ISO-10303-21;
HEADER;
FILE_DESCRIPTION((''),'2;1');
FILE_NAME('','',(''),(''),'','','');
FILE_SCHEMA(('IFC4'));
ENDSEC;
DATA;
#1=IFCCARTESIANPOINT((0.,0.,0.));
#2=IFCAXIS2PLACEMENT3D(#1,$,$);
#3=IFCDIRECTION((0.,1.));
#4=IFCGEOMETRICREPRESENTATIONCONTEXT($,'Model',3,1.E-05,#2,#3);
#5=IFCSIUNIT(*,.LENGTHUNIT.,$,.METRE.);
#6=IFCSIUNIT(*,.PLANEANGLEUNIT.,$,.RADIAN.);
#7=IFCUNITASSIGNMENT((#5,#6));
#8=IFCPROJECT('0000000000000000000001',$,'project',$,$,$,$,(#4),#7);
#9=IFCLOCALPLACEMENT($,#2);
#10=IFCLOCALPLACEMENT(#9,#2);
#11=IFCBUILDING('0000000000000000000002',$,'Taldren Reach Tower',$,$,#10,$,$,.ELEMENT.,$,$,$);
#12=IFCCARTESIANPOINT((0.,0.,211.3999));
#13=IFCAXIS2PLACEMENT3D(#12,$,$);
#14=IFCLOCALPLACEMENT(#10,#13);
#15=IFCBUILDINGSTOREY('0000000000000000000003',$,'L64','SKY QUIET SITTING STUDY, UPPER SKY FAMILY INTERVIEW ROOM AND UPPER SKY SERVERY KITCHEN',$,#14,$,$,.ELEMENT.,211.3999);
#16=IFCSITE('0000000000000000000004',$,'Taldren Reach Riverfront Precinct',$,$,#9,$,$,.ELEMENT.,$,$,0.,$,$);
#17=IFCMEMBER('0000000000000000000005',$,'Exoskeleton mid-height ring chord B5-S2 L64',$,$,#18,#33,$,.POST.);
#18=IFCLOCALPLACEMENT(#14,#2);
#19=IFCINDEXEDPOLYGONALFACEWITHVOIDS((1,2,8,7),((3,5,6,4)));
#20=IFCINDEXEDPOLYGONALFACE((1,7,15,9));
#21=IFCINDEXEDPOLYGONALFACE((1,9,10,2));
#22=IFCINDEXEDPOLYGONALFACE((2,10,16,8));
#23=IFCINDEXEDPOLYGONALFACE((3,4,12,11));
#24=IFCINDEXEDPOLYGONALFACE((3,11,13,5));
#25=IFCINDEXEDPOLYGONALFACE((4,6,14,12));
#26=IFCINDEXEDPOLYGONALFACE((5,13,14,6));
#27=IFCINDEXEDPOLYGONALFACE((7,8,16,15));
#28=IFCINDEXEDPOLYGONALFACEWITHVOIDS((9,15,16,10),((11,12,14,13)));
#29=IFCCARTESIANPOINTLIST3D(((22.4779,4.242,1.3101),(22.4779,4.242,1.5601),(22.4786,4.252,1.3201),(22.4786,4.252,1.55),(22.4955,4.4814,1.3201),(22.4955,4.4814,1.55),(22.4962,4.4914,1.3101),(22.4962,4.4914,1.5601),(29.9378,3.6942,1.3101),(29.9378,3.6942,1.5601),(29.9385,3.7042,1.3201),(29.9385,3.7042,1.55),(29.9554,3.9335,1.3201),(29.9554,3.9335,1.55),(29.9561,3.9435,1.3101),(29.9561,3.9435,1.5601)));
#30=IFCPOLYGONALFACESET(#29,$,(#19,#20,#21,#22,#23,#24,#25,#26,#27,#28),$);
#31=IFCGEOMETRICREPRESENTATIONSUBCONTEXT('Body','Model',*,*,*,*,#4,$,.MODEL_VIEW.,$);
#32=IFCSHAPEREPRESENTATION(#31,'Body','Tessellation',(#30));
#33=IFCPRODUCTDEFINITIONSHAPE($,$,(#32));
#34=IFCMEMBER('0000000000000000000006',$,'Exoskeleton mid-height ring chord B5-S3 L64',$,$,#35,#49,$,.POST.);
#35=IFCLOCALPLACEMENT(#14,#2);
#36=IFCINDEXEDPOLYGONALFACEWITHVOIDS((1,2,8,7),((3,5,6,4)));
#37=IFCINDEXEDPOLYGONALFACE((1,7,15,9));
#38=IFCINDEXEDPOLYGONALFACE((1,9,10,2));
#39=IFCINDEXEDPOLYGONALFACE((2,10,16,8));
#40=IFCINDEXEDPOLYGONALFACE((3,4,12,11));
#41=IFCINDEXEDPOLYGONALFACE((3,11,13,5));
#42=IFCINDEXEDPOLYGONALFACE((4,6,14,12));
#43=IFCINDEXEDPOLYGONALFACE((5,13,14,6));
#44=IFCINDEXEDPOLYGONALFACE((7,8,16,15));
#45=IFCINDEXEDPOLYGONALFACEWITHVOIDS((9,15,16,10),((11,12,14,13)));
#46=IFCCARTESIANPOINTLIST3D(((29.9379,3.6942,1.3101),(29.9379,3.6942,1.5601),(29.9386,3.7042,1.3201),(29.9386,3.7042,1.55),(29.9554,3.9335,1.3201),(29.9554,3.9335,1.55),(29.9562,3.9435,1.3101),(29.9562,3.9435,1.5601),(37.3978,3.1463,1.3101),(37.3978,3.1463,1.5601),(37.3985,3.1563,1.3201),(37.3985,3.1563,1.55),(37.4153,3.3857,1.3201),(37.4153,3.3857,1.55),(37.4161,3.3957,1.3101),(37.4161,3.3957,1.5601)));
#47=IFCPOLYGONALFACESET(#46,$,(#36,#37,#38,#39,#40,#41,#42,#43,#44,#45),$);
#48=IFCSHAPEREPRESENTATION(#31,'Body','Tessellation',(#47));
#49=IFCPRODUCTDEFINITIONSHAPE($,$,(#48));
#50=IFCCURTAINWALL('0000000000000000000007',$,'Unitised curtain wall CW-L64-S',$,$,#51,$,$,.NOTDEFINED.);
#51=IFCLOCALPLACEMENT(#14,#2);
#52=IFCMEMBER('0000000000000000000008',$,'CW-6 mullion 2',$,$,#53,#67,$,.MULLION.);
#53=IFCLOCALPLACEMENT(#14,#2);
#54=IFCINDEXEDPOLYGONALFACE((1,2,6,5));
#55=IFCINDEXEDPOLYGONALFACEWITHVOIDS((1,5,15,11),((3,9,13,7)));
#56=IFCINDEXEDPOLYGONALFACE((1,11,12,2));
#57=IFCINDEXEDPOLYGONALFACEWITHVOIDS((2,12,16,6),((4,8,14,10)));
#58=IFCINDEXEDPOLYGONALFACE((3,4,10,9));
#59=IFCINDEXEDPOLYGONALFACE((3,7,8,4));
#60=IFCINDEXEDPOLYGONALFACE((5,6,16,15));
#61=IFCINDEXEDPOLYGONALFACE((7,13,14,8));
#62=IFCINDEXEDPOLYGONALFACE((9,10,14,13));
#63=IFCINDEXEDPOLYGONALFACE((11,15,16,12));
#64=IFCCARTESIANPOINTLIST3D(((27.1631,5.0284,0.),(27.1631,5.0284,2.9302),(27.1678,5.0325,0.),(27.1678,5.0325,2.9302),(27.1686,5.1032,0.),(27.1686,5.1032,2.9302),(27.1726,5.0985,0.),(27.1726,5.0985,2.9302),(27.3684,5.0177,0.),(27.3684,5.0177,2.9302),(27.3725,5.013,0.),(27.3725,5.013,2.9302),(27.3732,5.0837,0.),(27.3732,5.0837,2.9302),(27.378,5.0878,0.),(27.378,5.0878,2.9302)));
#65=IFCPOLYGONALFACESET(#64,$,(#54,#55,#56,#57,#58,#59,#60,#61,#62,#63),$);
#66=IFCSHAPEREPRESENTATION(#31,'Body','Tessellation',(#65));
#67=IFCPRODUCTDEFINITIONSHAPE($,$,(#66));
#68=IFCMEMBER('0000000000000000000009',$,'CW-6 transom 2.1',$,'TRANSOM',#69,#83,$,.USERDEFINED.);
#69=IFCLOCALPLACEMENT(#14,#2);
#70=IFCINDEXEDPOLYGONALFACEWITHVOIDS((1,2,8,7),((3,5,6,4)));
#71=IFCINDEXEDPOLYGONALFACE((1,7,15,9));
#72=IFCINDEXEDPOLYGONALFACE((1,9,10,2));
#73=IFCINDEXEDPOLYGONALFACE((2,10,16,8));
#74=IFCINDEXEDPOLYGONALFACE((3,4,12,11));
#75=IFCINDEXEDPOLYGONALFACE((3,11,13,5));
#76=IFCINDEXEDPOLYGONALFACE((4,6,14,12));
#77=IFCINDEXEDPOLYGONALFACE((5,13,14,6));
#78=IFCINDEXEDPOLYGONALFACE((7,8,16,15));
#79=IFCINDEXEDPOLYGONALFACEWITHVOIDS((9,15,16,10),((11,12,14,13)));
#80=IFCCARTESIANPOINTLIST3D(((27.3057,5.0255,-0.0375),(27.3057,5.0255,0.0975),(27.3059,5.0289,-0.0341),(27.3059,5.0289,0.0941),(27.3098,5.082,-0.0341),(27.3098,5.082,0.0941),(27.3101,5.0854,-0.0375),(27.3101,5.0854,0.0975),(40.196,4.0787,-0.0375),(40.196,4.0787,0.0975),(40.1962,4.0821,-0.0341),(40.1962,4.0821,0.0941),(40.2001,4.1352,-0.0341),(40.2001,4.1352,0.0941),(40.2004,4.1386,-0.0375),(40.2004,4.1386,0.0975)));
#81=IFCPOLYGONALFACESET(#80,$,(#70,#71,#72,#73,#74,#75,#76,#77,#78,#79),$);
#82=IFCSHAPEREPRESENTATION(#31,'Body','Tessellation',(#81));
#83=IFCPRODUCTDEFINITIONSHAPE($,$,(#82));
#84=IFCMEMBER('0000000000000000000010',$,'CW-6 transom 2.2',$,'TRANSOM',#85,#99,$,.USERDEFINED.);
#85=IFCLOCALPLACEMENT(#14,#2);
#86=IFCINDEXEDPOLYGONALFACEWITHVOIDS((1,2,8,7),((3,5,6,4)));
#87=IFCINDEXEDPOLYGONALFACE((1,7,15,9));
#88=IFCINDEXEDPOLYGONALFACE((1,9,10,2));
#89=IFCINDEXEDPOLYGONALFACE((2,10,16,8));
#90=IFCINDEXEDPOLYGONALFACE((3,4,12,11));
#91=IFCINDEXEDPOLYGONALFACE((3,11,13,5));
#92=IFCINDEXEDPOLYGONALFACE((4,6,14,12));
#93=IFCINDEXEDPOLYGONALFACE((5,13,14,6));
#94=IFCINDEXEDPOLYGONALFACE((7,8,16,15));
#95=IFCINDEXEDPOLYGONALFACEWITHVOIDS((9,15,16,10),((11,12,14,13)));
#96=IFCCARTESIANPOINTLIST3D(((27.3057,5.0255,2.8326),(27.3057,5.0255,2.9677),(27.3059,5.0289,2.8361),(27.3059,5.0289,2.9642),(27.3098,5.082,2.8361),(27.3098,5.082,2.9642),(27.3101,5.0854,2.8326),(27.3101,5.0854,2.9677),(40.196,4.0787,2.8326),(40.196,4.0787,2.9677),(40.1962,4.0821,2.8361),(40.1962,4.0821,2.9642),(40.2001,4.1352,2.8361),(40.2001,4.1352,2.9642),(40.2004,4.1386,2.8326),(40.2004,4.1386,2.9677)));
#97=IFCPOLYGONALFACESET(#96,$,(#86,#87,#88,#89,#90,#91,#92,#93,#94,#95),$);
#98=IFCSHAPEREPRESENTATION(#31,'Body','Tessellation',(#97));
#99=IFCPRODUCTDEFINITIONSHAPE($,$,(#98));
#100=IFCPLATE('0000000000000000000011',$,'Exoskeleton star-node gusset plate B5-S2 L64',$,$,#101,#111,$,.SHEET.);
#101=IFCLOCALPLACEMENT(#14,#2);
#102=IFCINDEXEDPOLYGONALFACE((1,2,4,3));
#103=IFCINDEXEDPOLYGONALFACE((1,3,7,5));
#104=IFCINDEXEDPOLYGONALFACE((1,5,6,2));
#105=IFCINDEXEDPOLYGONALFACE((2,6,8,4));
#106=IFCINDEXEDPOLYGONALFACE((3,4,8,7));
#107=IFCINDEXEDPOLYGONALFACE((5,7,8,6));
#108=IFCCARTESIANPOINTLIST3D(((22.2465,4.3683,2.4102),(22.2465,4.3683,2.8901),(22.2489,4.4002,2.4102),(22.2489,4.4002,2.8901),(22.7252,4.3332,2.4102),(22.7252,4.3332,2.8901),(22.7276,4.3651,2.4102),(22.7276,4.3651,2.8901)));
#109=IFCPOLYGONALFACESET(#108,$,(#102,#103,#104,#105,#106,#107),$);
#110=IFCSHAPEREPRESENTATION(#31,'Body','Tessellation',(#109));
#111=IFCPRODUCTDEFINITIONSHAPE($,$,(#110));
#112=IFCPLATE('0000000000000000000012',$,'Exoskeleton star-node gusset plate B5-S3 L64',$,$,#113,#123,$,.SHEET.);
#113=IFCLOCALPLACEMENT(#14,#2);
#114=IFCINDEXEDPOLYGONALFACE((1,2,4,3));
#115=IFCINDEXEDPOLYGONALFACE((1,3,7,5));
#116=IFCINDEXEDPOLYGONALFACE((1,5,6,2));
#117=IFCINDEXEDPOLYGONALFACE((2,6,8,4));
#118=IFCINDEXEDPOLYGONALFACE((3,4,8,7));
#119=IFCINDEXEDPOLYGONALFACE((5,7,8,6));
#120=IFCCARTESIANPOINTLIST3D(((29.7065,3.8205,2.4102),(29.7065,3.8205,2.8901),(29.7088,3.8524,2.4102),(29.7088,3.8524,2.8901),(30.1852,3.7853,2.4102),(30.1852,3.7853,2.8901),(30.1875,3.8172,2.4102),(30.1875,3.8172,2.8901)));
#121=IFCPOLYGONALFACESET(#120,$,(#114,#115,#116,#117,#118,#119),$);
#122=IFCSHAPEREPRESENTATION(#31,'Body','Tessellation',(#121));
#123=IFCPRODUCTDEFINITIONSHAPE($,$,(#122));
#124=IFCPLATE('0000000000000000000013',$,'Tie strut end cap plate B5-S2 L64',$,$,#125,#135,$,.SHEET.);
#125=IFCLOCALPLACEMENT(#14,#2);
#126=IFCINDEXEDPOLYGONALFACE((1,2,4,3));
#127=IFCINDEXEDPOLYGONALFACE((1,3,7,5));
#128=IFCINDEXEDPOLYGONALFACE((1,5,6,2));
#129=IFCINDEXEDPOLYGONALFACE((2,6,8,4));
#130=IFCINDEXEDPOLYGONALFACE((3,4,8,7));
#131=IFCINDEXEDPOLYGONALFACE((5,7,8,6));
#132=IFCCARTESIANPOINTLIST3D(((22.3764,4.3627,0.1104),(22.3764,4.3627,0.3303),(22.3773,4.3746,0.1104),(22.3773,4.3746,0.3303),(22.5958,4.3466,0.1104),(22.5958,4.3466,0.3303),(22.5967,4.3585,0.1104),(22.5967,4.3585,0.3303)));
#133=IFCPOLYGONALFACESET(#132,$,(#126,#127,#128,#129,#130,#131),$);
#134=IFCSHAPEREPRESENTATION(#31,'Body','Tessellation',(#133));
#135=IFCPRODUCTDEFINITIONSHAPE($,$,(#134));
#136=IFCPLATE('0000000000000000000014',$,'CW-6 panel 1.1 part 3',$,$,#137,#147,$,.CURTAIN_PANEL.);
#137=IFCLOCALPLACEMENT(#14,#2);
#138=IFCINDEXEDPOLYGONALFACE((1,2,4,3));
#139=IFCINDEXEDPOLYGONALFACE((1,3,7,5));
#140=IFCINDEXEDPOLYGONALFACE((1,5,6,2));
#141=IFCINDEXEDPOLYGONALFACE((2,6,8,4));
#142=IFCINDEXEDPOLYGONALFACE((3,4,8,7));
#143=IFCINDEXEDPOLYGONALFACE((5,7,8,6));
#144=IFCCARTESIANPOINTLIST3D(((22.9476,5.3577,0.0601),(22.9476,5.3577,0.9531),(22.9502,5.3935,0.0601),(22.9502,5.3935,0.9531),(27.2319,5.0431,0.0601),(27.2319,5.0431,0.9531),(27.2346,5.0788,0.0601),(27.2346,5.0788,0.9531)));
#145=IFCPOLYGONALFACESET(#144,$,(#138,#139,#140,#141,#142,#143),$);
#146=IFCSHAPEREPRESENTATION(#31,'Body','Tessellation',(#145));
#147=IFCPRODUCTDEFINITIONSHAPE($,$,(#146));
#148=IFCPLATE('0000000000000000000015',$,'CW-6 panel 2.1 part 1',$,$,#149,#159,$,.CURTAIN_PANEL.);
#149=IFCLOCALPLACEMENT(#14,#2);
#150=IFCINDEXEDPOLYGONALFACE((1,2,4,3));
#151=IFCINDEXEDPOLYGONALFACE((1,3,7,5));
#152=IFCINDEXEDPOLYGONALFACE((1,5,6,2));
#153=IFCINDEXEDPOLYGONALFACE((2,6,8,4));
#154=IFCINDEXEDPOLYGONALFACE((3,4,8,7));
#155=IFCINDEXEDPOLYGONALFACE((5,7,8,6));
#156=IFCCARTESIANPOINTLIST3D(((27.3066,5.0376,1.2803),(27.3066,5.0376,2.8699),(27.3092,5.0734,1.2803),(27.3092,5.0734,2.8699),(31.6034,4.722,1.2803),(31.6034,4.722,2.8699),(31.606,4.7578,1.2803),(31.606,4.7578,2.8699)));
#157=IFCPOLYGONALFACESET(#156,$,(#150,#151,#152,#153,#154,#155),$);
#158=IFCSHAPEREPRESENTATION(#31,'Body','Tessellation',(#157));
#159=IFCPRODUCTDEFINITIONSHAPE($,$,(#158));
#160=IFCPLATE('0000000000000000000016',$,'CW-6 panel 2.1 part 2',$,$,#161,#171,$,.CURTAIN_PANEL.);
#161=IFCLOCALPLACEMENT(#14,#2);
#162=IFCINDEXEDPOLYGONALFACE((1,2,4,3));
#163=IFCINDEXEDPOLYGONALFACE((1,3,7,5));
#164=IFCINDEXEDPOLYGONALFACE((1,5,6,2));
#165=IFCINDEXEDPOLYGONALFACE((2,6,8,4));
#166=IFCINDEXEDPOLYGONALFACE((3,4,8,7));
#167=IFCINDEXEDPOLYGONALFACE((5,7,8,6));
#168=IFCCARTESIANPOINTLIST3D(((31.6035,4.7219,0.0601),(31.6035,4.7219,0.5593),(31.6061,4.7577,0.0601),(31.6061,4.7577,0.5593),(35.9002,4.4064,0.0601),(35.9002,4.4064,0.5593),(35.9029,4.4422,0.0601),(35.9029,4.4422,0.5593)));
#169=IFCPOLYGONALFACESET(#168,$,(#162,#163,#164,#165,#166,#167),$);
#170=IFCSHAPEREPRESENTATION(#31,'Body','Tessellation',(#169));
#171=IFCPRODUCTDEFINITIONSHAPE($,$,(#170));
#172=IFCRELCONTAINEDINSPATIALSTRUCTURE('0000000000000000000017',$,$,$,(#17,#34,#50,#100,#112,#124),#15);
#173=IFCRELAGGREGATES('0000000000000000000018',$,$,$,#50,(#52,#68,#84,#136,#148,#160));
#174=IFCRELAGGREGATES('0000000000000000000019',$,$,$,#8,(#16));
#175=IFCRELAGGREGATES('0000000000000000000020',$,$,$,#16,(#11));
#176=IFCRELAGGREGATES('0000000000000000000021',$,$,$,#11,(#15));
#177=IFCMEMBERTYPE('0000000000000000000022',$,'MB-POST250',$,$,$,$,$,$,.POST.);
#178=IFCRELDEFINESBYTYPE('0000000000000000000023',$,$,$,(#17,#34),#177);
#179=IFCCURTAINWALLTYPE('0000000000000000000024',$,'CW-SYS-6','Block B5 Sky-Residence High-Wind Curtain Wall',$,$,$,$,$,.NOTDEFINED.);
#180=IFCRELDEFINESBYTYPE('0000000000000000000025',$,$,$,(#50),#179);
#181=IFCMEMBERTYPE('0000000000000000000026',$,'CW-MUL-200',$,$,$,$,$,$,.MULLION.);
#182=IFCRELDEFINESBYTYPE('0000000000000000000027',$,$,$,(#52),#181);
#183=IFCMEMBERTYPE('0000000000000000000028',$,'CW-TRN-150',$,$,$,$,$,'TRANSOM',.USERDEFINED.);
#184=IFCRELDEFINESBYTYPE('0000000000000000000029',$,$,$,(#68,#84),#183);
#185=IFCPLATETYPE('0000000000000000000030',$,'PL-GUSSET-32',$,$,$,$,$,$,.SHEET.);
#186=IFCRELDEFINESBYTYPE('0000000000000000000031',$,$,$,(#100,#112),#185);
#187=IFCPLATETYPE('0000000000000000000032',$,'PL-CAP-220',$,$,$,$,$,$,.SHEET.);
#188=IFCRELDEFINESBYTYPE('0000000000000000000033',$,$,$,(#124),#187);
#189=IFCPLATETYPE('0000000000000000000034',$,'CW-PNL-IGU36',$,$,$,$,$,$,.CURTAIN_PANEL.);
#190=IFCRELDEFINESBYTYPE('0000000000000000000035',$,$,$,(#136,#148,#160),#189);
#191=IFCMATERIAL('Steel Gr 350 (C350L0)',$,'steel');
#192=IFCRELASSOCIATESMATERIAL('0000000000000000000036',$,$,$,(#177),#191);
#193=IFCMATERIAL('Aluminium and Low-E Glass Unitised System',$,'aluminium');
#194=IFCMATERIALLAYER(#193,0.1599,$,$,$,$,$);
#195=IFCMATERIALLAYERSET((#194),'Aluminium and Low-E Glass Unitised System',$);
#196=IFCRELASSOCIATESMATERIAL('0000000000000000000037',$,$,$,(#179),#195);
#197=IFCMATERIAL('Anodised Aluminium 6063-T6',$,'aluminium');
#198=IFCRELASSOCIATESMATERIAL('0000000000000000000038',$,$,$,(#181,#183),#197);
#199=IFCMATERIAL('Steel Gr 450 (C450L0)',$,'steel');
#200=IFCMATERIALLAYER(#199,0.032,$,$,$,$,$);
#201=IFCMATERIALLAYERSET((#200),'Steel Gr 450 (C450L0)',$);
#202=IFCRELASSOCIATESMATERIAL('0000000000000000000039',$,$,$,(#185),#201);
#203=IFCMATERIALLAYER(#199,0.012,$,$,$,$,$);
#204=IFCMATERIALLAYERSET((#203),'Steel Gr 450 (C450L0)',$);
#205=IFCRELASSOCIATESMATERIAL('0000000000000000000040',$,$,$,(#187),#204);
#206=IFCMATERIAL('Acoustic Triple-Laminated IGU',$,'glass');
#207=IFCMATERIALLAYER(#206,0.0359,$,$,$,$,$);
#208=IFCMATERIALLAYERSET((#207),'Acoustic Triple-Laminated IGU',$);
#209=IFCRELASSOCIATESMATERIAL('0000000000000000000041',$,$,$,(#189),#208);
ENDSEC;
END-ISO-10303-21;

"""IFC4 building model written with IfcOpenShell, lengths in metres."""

from ifc_helpers import new_model, si_unit, direction, frame, origin, origin_2d, place, context, subcontext, project, spatial, rectangle, hollow_rectangle, extrude, source, transform, mapped, material, layer, layer_set, material_profile, profile_set, type_object, element, aggregate, save


model = new_model("IFC4")

# Units and contexts
model_context = context("Model", 3, precision=1e-05, world=origin(), true_north=direction((0.0, 1.0)))
body_context = subcontext(model_context, "Body", "Model", "MODEL_VIEW")
ifc_project = project(units=[si_unit("LENGTHUNIT", "METRE"), si_unit("PLANEANGLEUNIT", "RADIAN")], contexts=[model_context])

# Site, building, storey
site_placement = place(None, origin())
site = spatial("IfcSite", under=ifc_project, at=site_placement, Name="Taldren Reach Riverfront Precinct", CompositionType="ELEMENT", RefElevation=0.0)
building_placement = place(site_placement, origin())
building = spatial("IfcBuilding", under=site, at=building_placement, Name="Taldren Reach Tower", CompositionType="ELEMENT")
storey_placement = place(building_placement, frame((0.0, 0.0, 211.3999)))
storey = spatial("IfcBuildingStorey", under=building, at=storey_placement, Name="L64", Description="SKY QUIET SITTING STUDY, UPPER SKY FAMILY INTERVIEW ROOM AND UPPER SKY SERVERY KITCHEN", CompositionType="ELEMENT", Elevation=211.3999)

# Shared definitions
ifc_material_1 = material(Name="Steel Gr 350 (C350L0)", Category="steel")
ifc_material_profile_1 = material_profile(ifc_material_1, hollow_rectangle(XDim=0.25, YDim=0.25, WallThickness=0.01, at=origin_2d()), Name="250x250x10.0SHS")
ifc_profile_set_1 = profile_set([ifc_material_profile_1], Name="Steel Gr 350 (C350L0)")
member_type_1 = type_object("IfcMemberType", Name="MB-POST250", PredefinedType="POST", material=ifc_profile_set_1)
ifc_material_2 = material(Name="Steel Gr 450 (C450L0)", Category="steel")

# Members
shared_shape_1 = source(origin(), body_context, "Body", "SweptSolid", [
    extrude(hollow_rectangle(XDim=0.25, YDim=0.25, WallThickness=0.01, at=origin_2d()), origin(), (0.0, 0.0, 1.0), 7.48),
])
for number, where, z_axis, x_axis, name in (
    (1, (22.4871, 4.3667, 1.4351), (0.997314, -0.073242, 0.0), (0.073242, 0.997314, 0.0), "Exoskeleton mid-height ring chord B5-S2 L64"),
    (2, (29.947, 3.8188, 1.4351), (0.997314, -0.073242, 0.0), (0.073242, 0.997314, 0.0), "Exoskeleton mid-height ring chord B5-S3 L64"),
):
    element("IfcMember", number, at=place(storey_placement, frame(where, z_axis=z_axis, x_axis=x_axis)), inside=storey, type_object=member_type_1, Name=name, PredefinedType="POST", context=body_context, shape_type="MappedRepresentation", body=[
        mapped(shared_shape_1, transform((0.0, 0.0, 0.0), scale=1.0)),
    ])

# Curtain wall, members
ifc_material_3 = material(Name="Aluminium and Low-E Glass Unitised System", Category="aluminium")
ifc_layer_1 = layer(ifc_material_3, 0.1599)
ifc_layer_set_1 = layer_set([ifc_layer_1], Name="Aluminium and Low-E Glass Unitised System")
curtain_wall_type = type_object("IfcCurtainWallType", Name="CW-SYS-6", Description="Block B5 Sky-Residence High-Wind Curtain Wall", PredefinedType="NOTDEFINED", material=ifc_layer_set_1)
curtain_wall_placement = place(storey_placement, origin())
curtain_wall = element("IfcCurtainWall", 3, at=curtain_wall_placement, inside=storey, type_object=curtain_wall_type, Name="Unitised curtain wall CW-L64-S", PredefinedType="NOTDEFINED")
ifc_material_4 = material(Name="Anodised Aluminium 6063-T6", Category="aluminium")
ifc_material_profile_2 = material_profile(ifc_material_4, hollow_rectangle(XDim=0.075, YDim=0.21, WallThickness=0.0044, at=origin_2d()), Name="ALU-210x75x4.5RHS")
ifc_profile_set_2 = profile_set([ifc_material_profile_2], Name="Anodised Aluminium 6063-T6")
member_type_2 = type_object("IfcMemberType", Name="CW-MUL-200", PredefinedType="MULLION", material=ifc_profile_set_2)
shared_shape_2 = source(origin(), body_context, "Body", "SweptSolid", [
    extrude(hollow_rectangle(XDim=0.075, YDim=0.21, WallThickness=0.0044, at=origin_2d()), origin(), (0.0, 0.0, 1.0), 2.9302),
])
member_1_placement = place(storey_placement, frame((27.2705, 5.0581, 0.0), z_axis=(0.0, 0.0, 1.0), x_axis=(0.073238, 0.997314, 0.0)))
member_1 = element("IfcMember", 4, at=member_1_placement, type_object=member_type_2, Name="CW-6 mullion 2", PredefinedType="MULLION", context=body_context, shape_type="MappedRepresentation", body=[
    mapped(shared_shape_2, transform((0.0, 0.0, 0.0), scale=1.0)),
])
ifc_material_profile_3 = material_profile(ifc_material_4, hollow_rectangle(XDim=0.0601, YDim=0.135, WallThickness=0.0034, at=origin_2d()), Name="ALU-135x60x3.5RHS")
ifc_profile_set_3 = profile_set([ifc_material_profile_3], Name="Anodised Aluminium 6063-T6")
member_type_3 = type_object("IfcMemberType", Name="CW-TRN-150", ElementType="TRANSOM", PredefinedType="USERDEFINED", material=ifc_profile_set_3)
shared_shape_3 = source(origin(), body_context, "Body", "SweptSolid", [
    extrude(hollow_rectangle(XDim=0.0601, YDim=0.135, WallThickness=0.0034, at=origin_2d()), origin(), (0.0, 0.0, 1.0), 12.925),
])
member_2_placement = place(storey_placement, frame((27.3079, 5.0554, 0.03), z_axis=(0.997314, -0.073251, 0.0), x_axis=(0.073251, 0.997314, 0.0)))
member_2 = element("IfcMember", 5, at=member_2_placement, type_object=member_type_3, Name="CW-6 transom 2.1", ObjectType="TRANSOM", PredefinedType="USERDEFINED", context=body_context, shape_type="MappedRepresentation", body=[
    mapped(shared_shape_3, transform((0.0, 0.0, 0.0), scale=1.0)),
])
member_3_placement = place(storey_placement, frame((27.3079, 5.0554, 2.9001), z_axis=(0.997314, -0.073251, 0.0), x_axis=(0.073251, 0.997314, 0.0)))
member_3 = element("IfcMember", 6, at=member_3_placement, type_object=member_type_3, Name="CW-6 transom 2.2", ObjectType="TRANSOM", PredefinedType="USERDEFINED", context=body_context, shape_type="MappedRepresentation", body=[
    mapped(shared_shape_3, transform((0.0, 0.0, 0.0), scale=1.0)),
])

# Plates
ifc_layer_2 = layer(ifc_material_2, 0.032)
ifc_layer_set_2 = layer_set([ifc_layer_2], Name="Steel Gr 450 (C450L0)")
plate_type_1 = type_object("IfcPlateType", Name="PL-GUSSET-32", PredefinedType="SHEET", material=ifc_layer_set_2)
shared_shape_4 = source(origin(), body_context, "Body", "SweptSolid", [
    extrude(rectangle(XDim=0.48, YDim=0.032, at=origin_2d()), origin(), (0.0, 0.0, 1.0), 0.48),
])
for number, where, z_axis, x_axis, name in (
    (7, (22.4871, 4.3667, 2.4102), (0.0, 0.0, 1.0), (0.997314, -0.073238, 0.0), "Exoskeleton star-node gusset plate B5-S2 L64"),
    (8, (29.947, 3.8188, 2.4102), (0.0, 0.0, 1.0), (0.997314, -0.073238, 0.0), "Exoskeleton star-node gusset plate B5-S3 L64"),
):
    element("IfcPlate", number, at=place(storey_placement, frame(where, z_axis=z_axis, x_axis=x_axis)), inside=storey, type_object=plate_type_1, Name=name, PredefinedType="SHEET", context=body_context, shape_type="MappedRepresentation", body=[
        mapped(shared_shape_4, transform((0.0, 0.0, 0.0), scale=1.0)),
    ])
ifc_layer_3 = layer(ifc_material_2, 0.012)
ifc_layer_set_3 = layer_set([ifc_layer_3], Name="Steel Gr 450 (C450L0)")
plate_type_2 = type_object("IfcPlateType", Name="PL-CAP-220", PredefinedType="SHEET", material=ifc_layer_set_3)
shared_shape_5 = source(origin(), body_context, "Body", "SweptSolid", [
    extrude(rectangle(XDim=0.22, YDim=0.012, at=origin_2d()), origin(), (0.0, 0.0, 1.0), 0.22),
])
plate_1_placement = place(storey_placement, frame((22.4866, 4.3606, 0.1104), z_axis=(0.0, 0.0, 1.0), x_axis=(0.997314, -0.073238, 0.0)))
element("IfcPlate", 9, at=plate_1_placement, inside=storey, type_object=plate_type_2, Name="Tie strut end cap plate B5-S2 L64", PredefinedType="SHEET", context=body_context, shape_type="MappedRepresentation", body=[
    mapped(shared_shape_5, transform((0.0, 0.0, 0.0), scale=1.0)),
])

# Plates
ifc_material_5 = material(Name="Acoustic Triple-Laminated IGU", Category="glass")
ifc_layer_4 = layer(ifc_material_5, 0.0359)
ifc_layer_set_4 = layer_set([ifc_layer_4], Name="Acoustic Triple-Laminated IGU")
plate_type_3 = type_object("IfcPlateType", Name="CW-PNL-IGU36", PredefinedType="CURTAIN_PANEL", material=ifc_layer_set_4)
shared_shape_6 = source(origin(), body_context, "Body", "SweptSolid", [
    extrude(rectangle(XDim=4.2959, YDim=0.0359, at=origin_2d()), origin(), (0.0, 0.0, 1.0), 0.8931),
])
plate_2_placement = place(storey_placement, frame((25.0911, 5.2183, 0.0601), z_axis=(0.0, 0.0, 1.0), x_axis=(0.997314, -0.073238, 0.0)))
plate_2 = element("IfcPlate", 10, at=plate_2_placement, type_object=plate_type_3, Name="CW-6 panel 1.1 part 3", PredefinedType="CURTAIN_PANEL", context=body_context, shape_type="MappedRepresentation", body=[
    mapped(shared_shape_6, transform((0.0, 0.0, 0.0), scale=1.0)),
])
shared_shape_7 = source(origin(), body_context, "Body", "SweptSolid", [
    extrude(rectangle(XDim=4.3083, YDim=0.0359, at=origin_2d()), origin(), (0.0, 0.0, 1.0), 1.5896),
])
plate_3_placement = place(storey_placement, frame((29.4563, 4.8977, 1.2803), z_axis=(0.0, 0.0, 1.0), x_axis=(0.997314, -0.073238, 0.0)))
plate_3 = element("IfcPlate", 11, at=plate_3_placement, type_object=plate_type_3, Name="CW-6 panel 2.1 part 1", PredefinedType="CURTAIN_PANEL", context=body_context, shape_type="MappedRepresentation", body=[
    mapped(shared_shape_7, transform((0.0, 0.0, 0.0), scale=1.0)),
])
shared_shape_8 = source(origin(), body_context, "Body", "SweptSolid", [
    extrude(rectangle(XDim=4.3083, YDim=0.0359, at=origin_2d()), origin(), (0.0, 0.0, 1.0), 0.4993),
])
plate_4_placement = place(storey_placement, frame((33.7532, 4.582, 0.0601), z_axis=(0.0, 0.0, 1.0), x_axis=(0.997314, -0.073238, 0.0)))
plate_4 = element("IfcPlate", 12, at=plate_4_placement, type_object=plate_type_3, Name="CW-6 panel 2.1 part 2", PredefinedType="CURTAIN_PANEL", context=body_context, shape_type="MappedRepresentation", body=[
    mapped(shared_shape_8, transform((0.0, 0.0, 0.0), scale=1.0)),
])
aggregate(curtain_wall, [member_1, member_2, member_3, plate_2, plate_3, plate_4])

save(model, "model.ifc")
